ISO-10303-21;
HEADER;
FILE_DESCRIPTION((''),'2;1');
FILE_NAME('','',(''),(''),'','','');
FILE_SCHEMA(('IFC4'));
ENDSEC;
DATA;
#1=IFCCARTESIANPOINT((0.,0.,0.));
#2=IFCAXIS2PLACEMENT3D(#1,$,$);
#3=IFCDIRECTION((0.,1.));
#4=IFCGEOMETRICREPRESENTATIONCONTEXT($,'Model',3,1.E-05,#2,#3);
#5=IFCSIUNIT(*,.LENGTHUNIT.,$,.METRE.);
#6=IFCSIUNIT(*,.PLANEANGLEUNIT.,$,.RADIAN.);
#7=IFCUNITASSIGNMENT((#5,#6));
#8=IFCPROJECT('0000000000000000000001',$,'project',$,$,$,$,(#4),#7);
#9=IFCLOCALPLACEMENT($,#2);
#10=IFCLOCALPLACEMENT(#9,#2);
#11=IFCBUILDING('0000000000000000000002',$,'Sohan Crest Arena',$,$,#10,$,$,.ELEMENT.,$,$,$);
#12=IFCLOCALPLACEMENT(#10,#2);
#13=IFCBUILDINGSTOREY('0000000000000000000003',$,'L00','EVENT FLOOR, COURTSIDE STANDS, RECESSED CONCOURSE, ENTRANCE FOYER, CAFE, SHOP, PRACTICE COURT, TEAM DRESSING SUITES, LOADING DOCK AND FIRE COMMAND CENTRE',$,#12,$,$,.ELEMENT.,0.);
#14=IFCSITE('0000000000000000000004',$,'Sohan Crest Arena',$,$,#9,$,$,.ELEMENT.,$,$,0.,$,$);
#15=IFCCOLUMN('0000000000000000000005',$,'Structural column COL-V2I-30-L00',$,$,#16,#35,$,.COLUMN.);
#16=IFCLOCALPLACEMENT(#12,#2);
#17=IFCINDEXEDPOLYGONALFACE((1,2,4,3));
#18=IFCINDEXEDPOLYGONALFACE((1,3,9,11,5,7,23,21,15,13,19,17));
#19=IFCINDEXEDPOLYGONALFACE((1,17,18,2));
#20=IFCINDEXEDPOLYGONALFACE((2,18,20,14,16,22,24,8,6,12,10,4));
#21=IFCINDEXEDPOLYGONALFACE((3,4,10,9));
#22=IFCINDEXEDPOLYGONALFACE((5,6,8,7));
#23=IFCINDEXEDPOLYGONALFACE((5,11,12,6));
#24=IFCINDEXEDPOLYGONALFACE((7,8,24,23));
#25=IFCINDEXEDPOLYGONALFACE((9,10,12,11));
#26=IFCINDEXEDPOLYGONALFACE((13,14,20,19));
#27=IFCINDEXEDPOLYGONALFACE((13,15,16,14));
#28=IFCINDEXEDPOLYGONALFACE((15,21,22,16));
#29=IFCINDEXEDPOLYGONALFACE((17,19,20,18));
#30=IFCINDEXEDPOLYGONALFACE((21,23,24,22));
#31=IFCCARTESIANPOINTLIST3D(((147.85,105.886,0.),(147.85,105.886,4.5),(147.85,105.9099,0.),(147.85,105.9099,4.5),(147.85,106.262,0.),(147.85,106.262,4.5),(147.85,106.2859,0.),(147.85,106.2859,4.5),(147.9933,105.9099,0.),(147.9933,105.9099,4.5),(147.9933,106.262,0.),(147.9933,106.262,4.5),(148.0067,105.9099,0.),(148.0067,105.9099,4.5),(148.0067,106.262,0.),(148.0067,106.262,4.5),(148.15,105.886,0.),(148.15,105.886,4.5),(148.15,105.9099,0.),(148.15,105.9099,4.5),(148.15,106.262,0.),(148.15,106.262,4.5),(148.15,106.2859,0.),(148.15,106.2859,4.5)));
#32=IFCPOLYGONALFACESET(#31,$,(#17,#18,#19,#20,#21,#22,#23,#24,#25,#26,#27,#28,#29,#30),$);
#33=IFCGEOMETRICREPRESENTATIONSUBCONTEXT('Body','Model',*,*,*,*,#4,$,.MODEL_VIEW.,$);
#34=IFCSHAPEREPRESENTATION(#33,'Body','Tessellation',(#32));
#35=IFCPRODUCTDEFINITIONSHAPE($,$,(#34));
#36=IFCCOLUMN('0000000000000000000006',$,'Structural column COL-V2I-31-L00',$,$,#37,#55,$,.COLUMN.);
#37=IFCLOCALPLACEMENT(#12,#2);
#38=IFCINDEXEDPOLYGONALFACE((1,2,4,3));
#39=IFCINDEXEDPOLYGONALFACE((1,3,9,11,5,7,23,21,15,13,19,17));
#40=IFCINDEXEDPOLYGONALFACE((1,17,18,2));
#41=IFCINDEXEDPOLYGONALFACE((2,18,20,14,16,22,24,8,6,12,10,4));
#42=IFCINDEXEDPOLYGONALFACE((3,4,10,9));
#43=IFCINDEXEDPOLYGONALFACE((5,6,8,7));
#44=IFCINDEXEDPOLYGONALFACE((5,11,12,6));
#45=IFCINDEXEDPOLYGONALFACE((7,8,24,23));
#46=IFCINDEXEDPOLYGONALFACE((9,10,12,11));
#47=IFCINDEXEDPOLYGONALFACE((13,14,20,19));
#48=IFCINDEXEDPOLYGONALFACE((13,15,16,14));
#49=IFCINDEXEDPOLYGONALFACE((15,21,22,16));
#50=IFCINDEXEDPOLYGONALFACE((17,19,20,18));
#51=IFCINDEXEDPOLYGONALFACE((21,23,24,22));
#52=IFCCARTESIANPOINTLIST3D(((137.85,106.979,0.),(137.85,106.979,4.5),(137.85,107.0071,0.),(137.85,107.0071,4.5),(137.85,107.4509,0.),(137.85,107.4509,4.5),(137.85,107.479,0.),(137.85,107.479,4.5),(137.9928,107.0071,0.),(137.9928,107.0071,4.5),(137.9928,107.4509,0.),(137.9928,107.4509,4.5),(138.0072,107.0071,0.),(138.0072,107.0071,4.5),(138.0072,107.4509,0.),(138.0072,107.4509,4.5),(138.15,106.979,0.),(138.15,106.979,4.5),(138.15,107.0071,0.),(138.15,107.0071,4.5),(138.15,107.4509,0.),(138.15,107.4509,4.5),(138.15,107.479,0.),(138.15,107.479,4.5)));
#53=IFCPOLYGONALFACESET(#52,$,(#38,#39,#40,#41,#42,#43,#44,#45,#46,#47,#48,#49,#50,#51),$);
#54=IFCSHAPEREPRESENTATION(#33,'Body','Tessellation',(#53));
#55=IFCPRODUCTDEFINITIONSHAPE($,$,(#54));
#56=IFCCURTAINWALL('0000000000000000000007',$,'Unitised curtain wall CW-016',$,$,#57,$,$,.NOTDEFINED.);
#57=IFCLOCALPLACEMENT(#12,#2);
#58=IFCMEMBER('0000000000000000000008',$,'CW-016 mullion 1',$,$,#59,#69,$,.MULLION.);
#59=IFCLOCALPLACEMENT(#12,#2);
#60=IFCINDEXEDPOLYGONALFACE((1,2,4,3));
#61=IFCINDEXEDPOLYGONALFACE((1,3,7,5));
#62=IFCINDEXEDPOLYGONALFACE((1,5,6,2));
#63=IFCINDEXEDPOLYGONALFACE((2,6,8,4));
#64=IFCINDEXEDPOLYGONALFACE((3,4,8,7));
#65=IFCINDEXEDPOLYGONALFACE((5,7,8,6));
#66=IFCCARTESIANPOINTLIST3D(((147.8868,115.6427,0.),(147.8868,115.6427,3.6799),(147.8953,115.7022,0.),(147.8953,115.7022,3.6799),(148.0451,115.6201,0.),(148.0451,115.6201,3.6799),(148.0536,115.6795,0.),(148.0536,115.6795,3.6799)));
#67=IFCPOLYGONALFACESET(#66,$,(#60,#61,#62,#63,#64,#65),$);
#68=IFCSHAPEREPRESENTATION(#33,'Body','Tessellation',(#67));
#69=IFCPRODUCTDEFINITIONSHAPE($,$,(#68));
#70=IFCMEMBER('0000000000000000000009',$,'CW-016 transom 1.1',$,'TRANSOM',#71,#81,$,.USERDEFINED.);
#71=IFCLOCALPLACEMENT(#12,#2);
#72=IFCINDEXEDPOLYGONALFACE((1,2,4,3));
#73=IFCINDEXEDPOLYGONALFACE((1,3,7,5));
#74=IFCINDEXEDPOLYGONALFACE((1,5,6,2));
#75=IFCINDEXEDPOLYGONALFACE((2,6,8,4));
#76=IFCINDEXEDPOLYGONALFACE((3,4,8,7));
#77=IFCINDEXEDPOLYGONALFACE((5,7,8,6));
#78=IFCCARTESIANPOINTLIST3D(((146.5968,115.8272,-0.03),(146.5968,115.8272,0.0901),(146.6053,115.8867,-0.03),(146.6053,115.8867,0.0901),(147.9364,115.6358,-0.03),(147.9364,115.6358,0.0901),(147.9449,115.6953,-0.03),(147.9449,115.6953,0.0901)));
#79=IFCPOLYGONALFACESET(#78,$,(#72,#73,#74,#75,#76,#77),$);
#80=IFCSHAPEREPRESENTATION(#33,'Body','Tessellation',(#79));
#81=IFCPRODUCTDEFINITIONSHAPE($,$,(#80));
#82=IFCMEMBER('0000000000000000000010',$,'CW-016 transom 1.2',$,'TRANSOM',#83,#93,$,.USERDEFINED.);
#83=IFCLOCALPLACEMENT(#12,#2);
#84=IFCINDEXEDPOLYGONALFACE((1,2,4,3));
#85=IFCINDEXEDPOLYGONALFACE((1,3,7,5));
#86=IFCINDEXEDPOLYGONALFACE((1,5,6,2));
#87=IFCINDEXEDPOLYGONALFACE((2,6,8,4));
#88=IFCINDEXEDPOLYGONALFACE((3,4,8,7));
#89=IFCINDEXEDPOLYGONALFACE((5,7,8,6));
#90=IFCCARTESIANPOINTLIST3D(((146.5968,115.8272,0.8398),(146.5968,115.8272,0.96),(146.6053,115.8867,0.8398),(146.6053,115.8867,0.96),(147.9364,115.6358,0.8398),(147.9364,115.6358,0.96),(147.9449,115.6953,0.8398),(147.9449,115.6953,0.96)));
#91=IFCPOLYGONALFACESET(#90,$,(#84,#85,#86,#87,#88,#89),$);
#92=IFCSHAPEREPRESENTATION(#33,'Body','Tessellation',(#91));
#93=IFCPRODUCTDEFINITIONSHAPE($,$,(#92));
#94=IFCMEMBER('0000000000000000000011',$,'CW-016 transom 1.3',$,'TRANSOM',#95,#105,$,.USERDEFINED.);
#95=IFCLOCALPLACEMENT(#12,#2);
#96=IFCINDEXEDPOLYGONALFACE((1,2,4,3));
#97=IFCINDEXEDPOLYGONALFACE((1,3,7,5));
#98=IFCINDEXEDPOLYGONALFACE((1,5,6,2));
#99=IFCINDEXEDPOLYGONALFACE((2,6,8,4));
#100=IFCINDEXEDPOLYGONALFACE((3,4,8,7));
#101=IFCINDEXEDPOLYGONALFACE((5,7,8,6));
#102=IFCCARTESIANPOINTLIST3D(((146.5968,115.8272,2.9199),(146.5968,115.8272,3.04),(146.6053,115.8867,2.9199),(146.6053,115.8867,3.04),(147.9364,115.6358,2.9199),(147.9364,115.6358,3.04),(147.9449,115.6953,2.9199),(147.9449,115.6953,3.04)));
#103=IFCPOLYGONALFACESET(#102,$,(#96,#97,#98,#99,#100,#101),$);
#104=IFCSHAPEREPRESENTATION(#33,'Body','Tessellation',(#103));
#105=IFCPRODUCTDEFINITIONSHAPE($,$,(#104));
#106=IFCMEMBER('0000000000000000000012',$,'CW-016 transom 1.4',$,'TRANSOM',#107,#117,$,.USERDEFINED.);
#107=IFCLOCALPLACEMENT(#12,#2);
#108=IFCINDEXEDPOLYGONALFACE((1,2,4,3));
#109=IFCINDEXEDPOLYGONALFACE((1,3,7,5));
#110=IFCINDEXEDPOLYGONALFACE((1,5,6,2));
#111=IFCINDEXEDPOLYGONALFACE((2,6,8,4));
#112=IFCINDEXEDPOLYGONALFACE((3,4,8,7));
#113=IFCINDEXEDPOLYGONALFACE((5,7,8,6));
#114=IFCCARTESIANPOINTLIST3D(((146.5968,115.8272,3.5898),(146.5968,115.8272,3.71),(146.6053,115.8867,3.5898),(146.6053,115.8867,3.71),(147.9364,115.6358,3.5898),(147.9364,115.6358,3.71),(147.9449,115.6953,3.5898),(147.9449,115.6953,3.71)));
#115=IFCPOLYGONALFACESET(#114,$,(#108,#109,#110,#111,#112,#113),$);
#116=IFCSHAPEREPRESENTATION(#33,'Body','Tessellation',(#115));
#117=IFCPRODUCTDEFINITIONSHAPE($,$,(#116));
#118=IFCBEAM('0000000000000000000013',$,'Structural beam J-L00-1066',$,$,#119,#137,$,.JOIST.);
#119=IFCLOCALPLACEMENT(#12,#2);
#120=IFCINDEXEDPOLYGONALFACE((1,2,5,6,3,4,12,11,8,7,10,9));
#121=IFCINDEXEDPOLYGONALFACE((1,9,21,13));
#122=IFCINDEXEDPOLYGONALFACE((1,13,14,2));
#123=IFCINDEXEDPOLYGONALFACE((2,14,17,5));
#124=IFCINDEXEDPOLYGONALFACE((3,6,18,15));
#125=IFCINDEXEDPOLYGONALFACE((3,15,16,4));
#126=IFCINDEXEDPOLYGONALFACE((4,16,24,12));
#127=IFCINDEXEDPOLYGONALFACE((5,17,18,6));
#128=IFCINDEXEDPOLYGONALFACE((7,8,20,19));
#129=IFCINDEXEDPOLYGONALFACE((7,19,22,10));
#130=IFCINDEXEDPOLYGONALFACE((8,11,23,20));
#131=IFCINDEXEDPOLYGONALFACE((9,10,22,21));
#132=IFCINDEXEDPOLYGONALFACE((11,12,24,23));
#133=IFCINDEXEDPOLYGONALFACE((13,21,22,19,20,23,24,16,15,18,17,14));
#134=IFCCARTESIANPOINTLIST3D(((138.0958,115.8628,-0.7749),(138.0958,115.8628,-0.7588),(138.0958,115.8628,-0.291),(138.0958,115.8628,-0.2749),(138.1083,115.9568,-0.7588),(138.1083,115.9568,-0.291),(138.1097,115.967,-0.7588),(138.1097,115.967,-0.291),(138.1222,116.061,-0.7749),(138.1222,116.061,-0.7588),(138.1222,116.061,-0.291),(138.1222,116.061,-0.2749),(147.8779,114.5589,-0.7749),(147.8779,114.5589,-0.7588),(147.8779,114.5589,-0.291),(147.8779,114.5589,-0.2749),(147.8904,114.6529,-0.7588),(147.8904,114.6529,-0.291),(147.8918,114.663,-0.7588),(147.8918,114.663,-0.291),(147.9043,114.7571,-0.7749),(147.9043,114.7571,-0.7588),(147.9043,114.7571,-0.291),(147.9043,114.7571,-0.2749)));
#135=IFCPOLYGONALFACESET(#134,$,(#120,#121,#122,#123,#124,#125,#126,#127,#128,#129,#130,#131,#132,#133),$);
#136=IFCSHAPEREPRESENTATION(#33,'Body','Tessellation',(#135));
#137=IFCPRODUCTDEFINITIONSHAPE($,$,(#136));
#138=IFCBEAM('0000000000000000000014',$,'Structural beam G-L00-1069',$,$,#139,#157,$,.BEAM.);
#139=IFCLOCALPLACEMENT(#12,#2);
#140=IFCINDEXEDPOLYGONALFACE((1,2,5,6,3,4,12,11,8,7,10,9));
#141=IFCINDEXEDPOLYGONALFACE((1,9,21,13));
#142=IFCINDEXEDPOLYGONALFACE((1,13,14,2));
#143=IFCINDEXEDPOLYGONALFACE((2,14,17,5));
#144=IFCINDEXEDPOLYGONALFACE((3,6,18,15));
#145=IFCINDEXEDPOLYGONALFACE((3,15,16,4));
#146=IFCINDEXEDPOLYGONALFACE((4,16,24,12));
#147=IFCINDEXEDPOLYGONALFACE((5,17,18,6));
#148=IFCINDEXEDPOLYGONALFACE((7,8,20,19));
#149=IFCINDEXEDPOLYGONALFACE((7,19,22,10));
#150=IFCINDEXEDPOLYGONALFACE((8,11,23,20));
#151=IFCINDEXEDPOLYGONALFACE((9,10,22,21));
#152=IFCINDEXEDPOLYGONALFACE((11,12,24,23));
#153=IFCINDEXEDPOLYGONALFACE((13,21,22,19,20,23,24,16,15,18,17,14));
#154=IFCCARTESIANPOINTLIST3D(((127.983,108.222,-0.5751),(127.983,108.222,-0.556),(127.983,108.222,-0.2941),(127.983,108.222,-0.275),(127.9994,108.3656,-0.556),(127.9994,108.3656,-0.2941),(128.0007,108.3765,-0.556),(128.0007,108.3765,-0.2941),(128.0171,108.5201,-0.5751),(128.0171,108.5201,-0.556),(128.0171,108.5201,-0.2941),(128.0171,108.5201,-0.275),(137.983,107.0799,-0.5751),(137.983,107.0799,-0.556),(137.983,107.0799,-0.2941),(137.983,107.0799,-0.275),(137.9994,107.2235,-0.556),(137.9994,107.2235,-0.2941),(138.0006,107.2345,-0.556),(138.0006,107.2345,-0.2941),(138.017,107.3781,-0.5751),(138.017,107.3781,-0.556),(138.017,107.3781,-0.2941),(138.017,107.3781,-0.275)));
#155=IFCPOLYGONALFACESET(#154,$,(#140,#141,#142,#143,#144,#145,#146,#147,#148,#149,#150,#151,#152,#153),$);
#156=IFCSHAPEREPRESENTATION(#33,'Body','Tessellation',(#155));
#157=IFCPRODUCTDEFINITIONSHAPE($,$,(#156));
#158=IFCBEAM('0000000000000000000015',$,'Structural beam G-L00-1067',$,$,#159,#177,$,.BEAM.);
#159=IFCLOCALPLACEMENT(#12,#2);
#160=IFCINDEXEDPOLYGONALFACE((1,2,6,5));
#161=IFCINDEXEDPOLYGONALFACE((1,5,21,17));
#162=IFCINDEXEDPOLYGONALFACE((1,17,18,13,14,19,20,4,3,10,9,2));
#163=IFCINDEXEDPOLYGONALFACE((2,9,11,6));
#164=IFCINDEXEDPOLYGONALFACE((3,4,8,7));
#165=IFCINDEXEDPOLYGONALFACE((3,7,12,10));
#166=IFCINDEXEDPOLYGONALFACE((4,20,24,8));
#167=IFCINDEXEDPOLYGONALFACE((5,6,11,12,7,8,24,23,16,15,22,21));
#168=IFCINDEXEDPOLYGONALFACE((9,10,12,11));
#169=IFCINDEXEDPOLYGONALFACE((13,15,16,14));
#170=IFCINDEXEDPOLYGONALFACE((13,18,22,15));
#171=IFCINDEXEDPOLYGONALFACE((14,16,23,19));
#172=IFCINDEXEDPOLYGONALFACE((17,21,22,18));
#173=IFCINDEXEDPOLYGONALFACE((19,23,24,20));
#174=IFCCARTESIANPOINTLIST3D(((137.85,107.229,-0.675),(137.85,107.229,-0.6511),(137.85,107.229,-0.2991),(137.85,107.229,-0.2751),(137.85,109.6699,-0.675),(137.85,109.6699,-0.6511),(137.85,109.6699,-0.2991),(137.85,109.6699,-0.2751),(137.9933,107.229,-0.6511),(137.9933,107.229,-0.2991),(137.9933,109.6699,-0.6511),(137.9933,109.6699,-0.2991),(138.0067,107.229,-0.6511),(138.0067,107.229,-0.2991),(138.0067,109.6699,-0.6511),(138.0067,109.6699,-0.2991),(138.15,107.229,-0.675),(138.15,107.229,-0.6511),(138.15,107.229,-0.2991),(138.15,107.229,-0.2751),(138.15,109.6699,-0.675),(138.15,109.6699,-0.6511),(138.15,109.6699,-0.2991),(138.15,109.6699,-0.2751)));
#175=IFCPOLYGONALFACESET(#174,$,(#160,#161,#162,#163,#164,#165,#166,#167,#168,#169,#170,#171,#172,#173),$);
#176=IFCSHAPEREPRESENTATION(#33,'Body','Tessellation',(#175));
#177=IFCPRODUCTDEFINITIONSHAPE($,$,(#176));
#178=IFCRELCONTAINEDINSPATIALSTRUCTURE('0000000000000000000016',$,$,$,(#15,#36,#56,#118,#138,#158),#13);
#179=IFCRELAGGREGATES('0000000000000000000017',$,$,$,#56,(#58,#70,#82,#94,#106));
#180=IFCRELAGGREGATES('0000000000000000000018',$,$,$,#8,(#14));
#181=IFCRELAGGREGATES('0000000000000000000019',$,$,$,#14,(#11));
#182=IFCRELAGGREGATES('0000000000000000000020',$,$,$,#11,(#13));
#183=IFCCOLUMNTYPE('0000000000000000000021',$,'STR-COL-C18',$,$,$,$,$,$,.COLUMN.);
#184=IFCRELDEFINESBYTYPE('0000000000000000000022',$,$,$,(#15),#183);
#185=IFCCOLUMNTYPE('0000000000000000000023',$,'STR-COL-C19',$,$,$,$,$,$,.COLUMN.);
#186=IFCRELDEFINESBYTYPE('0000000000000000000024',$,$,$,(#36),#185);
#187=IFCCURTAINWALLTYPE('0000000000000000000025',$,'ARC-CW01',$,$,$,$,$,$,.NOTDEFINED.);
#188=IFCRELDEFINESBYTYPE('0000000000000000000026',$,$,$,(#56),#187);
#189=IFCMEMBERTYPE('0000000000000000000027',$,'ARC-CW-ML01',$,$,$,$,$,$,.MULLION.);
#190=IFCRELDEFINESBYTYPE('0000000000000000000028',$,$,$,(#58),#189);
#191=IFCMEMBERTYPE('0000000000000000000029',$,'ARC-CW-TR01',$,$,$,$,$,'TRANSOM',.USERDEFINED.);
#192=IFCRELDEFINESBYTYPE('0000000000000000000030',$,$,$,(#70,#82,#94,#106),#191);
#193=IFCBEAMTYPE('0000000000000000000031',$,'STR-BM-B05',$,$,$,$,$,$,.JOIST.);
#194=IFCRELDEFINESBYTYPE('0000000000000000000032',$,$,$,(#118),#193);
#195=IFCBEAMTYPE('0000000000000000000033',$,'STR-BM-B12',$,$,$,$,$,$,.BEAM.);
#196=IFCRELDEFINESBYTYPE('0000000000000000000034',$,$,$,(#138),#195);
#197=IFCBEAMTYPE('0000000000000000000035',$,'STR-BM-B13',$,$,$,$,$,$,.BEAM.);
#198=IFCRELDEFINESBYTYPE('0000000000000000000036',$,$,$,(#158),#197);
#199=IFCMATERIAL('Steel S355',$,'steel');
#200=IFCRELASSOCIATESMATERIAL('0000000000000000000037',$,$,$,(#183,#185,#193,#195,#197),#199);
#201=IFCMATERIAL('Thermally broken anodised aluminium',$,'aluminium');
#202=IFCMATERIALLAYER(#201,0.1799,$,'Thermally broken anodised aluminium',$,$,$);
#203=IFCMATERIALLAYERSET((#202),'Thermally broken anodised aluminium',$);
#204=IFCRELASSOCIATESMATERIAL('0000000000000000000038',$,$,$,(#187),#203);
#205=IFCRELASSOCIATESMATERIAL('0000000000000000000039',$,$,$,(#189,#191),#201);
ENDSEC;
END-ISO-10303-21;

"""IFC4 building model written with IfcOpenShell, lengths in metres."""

from ifc_helpers import new_model, si_unit, direction, frame, origin, origin_2d, place, context, subcontext, project, spatial, rectangle, i_section, extrude, material, layer, layer_set, material_profile, profile_set, type_object, element, aggregate, save


model = new_model("IFC4")

# Units and contexts
model_context = context("Model", 3, precision=1e-05, world=origin(), true_north=direction((0.0, 1.0)))
body_context = subcontext(model_context, "Body", "Model", "MODEL_VIEW")
ifc_project = project(units=[si_unit("LENGTHUNIT", "METRE"), si_unit("PLANEANGLEUNIT", "RADIAN")], contexts=[model_context])

# Site, building, storey
site_placement = place(None, origin())
site = spatial("IfcSite", under=ifc_project, at=site_placement, Name="Sohan Crest Arena", CompositionType="ELEMENT", RefElevation=0.0)
building_placement = place(site_placement, origin())
building = spatial("IfcBuilding", under=site, at=building_placement, Name="Sohan Crest Arena", CompositionType="ELEMENT")
storey_placement = place(building_placement, origin())
storey = spatial("IfcBuildingStorey", under=building, at=storey_placement, Name="L00", Description="EVENT FLOOR, COURTSIDE STANDS, RECESSED CONCOURSE, ENTRANCE FOYER, CAFE, SHOP, PRACTICE COURT, TEAM DRESSING SUITES, LOADING DOCK AND FIRE COMMAND CENTRE", CompositionType="ELEMENT", Elevation=0.0)

# Columns
ifc_material_1 = material(Name="Steel S355", Category="steel")
ifc_material_profile_1 = material_profile(ifc_material_1, i_section(OverallWidth=0.3, OverallDepth=0.3999, WebThickness=0.0134, FlangeThickness=0.0239, at=origin_2d()), Name="HEB 400")
ifc_profile_set_1 = profile_set([ifc_material_profile_1], Name="Steel S355")
column_type_1 = type_object("IfcColumnType", Name="STR-COL-C18", PredefinedType="COLUMN", material=ifc_profile_set_1)
column_1_placement = place(storey_placement, frame((148.0, 106.0859, 0.0), z_axis=(0.0, 0.0, 1.0), x_axis=(1.0, 0.0, 0.0)))
element("IfcColumn", 1, at=column_1_placement, inside=storey, type_object=column_type_1, Name="Structural column COL-V2I-30-L00", PredefinedType="COLUMN", context=body_context, shape_type="SweptSolid", body=[
    extrude(i_section(OverallWidth=0.3, OverallDepth=0.3999, WebThickness=0.0134, FlangeThickness=0.0239, at=origin_2d()), origin(), (0.0, 0.0, 1.0), 4.5),
])
ifc_material_profile_2 = material_profile(ifc_material_1, i_section(OverallWidth=0.3, OverallDepth=0.5, WebThickness=0.0144, FlangeThickness=0.0281, at=origin_2d()), Name="HEB 500")
ifc_profile_set_2 = profile_set([ifc_material_profile_2], Name="Steel S355")
column_type_2 = type_object("IfcColumnType", Name="STR-COL-C19", PredefinedType="COLUMN", material=ifc_profile_set_2)
column_2_placement = place(storey_placement, frame((138.0, 107.229, 0.0), z_axis=(0.0, 0.0, 1.0), x_axis=(1.0, 0.0, 0.0)))
element("IfcColumn", 2, at=column_2_placement, inside=storey, type_object=column_type_2, Name="Structural column COL-V2I-31-L00", PredefinedType="COLUMN", context=body_context, shape_type="SweptSolid", body=[
    extrude(i_section(OverallWidth=0.3, OverallDepth=0.5, WebThickness=0.0144, FlangeThickness=0.0281, at=origin_2d()), origin(), (0.0, 0.0, 1.0), 4.5),
])

# Curtain wall, members
ifc_material_2 = material(Name="Thermally broken anodised aluminium", Category="aluminium")
ifc_layer_1 = layer(ifc_material_2, 0.1799, Name="Thermally broken anodised aluminium")
ifc_layer_set_1 = layer_set([ifc_layer_1], Name="Thermally broken anodised aluminium")
curtain_wall_type = type_object("IfcCurtainWallType", Name="ARC-CW01", PredefinedType="NOTDEFINED", material=ifc_layer_set_1)
curtain_wall_placement = place(storey_placement, origin())
curtain_wall = element("IfcCurtainWall", 3, at=curtain_wall_placement, inside=storey, type_object=curtain_wall_type, Name="Unitised curtain wall CW-016", PredefinedType="NOTDEFINED")
ifc_material_profile_3 = material_profile(ifc_material_2, rectangle(XDim=0.0601, YDim=0.1599, at=origin_2d()), Name="ALU-MULL 60x160")
ifc_profile_set_3 = profile_set([ifc_material_profile_3], Name="Thermally broken anodised aluminium")
member_type_1 = type_object("IfcMemberType", Name="ARC-CW-ML01", PredefinedType="MULLION", material=ifc_profile_set_3)
member_1_placement = place(storey_placement, frame((147.9702, 115.6611, 0.0), z_axis=(0.0, 0.0, 1.0), x_axis=(-0.141463, -0.989944, 0.0)))
member_1 = element("IfcMember", 4, at=member_1_placement, type_object=member_type_1, Name="CW-016 mullion 1", PredefinedType="MULLION", context=body_context, shape_type="SweptSolid", body=[
    extrude(rectangle(XDim=0.0601, YDim=0.1599, at=origin_2d()), origin(), (0.0, 0.0, 1.0), 3.6799),
])
ifc_material_profile_4 = material_profile(ifc_material_2, rectangle(XDim=0.0601, YDim=0.1201, at=origin_2d()), Name="ALU-TRAN 60x120")
ifc_profile_set_4 = profile_set([ifc_material_profile_4], Name="Thermally broken anodised aluminium")
member_type_2 = type_object("IfcMemberType", Name="ARC-CW-TR01", ElementType="TRANSOM", PredefinedType="USERDEFINED", material=ifc_profile_set_4)
member_2_placement = place(storey_placement, frame((147.9407, 115.6655, 0.03), z_axis=(-0.989946, 0.141447, 0.0), x_axis=(-0.141447, -0.989946, 0.0)))
member_2 = element("IfcMember", 5, at=member_2_placement, type_object=member_type_2, Name="CW-016 transom 1.1", ObjectType="TRANSOM", PredefinedType="USERDEFINED", context=body_context, shape_type="SweptSolid", body=[
    extrude(rectangle(XDim=0.0601, YDim=0.1201, at=origin_2d()), origin(), (0.0, 0.0, 1.0), 1.3533),
])
member_3_placement = place(storey_placement, frame((147.9407, 115.6655, 0.8999), z_axis=(-0.989946, 0.141447, 0.0), x_axis=(-0.141447, -0.989946, 0.0)))
member_3 = element("IfcMember", 6, at=member_3_placement, type_object=member_type_2, Name="CW-016 transom 1.2", ObjectType="TRANSOM", PredefinedType="USERDEFINED", context=body_context, shape_type="SweptSolid", body=[
    extrude(rectangle(XDim=0.0601, YDim=0.1201, at=origin_2d()), origin(), (0.0, 0.0, 1.0), 1.3533),
])
member_4_placement = place(storey_placement, frame((147.9407, 115.6655, 2.98), z_axis=(-0.989946, 0.141447, 0.0), x_axis=(-0.141447, -0.989946, 0.0)))
member_4 = element("IfcMember", 7, at=member_4_placement, type_object=member_type_2, Name="CW-016 transom 1.3", ObjectType="TRANSOM", PredefinedType="USERDEFINED", context=body_context, shape_type="SweptSolid", body=[
    extrude(rectangle(XDim=0.0601, YDim=0.1201, at=origin_2d()), origin(), (0.0, 0.0, 1.0), 1.3533),
])
member_5_placement = place(storey_placement, frame((147.9407, 115.6655, 3.6499), z_axis=(-0.989946, 0.141447, 0.0), x_axis=(-0.141447, -0.989946, 0.0)))
member_5 = element("IfcMember", 8, at=member_5_placement, type_object=member_type_2, Name="CW-016 transom 1.4", ObjectType="TRANSOM", PredefinedType="USERDEFINED", context=body_context, shape_type="SweptSolid", body=[
    extrude(rectangle(XDim=0.0601, YDim=0.1201, at=origin_2d()), origin(), (0.0, 0.0, 1.0), 1.3533),
])

# Beams
ifc_material_profile_5 = material_profile(ifc_material_1, i_section(OverallWidth=0.2, OverallDepth=0.5, WebThickness=0.0103, FlangeThickness=0.0161, at=origin_2d()), Name="IPE 500")
ifc_profile_set_5 = profile_set([ifc_material_profile_5], Name="Steel S355")
beam_type_1 = type_object("IfcBeamType", Name="STR-BM-B05", PredefinedType="JOIST", material=ifc_profile_set_5)
beam_1_placement = place(storey_placement, frame((147.8911, 114.658, -0.5249), z_axis=(-0.991232, 0.13213, 0.0), x_axis=(-0.13213, -0.991232, 0.0)))
element("IfcBeam", 9, at=beam_1_placement, inside=storey, type_object=beam_type_1, Name="Structural beam J-L00-1066", PredefinedType="JOIST", context=body_context, shape_type="SweptSolid", body=[
    extrude(i_section(OverallWidth=0.2, OverallDepth=0.5, WebThickness=0.0103, FlangeThickness=0.0161, at=origin_2d()), origin(), (0.0, 0.0, 1.0), 9.8687),
])
ifc_material_profile_6 = material_profile(ifc_material_1, i_section(OverallWidth=0.3, OverallDepth=0.3, WebThickness=0.011, FlangeThickness=0.019, at=origin_2d()), Name="HEB 300")
ifc_profile_set_6 = profile_set([ifc_material_profile_6], Name="Steel S355")
beam_type_2 = type_object("IfcBeamType", Name="STR-BM-B12", PredefinedType="BEAM", material=ifc_profile_set_6)
beam_2_placement = place(storey_placement, frame((138.0, 107.229, -0.425), z_axis=(-0.993541, 0.113471, 0.0), x_axis=(-0.113471, -0.993541, 0.0)))
element("IfcBeam", 10, at=beam_2_placement, inside=storey, type_object=beam_type_2, Name="Structural beam G-L00-1069", PredefinedType="BEAM", context=body_context, shape_type="SweptSolid", body=[
    extrude(i_section(OverallWidth=0.3, OverallDepth=0.3, WebThickness=0.011, FlangeThickness=0.019, at=origin_2d()), origin(), (0.0, 0.0, 1.0), 10.0649),
])
ifc_material_profile_7 = material_profile(ifc_material_1, i_section(OverallWidth=0.3, OverallDepth=0.3999, WebThickness=0.0134, FlangeThickness=0.0239, at=origin_2d()), Name="HEB 400")
ifc_profile_set_7 = profile_set([ifc_material_profile_7], Name="Steel S355")
beam_type_3 = type_object("IfcBeamType", Name="STR-BM-B13", PredefinedType="BEAM", material=ifc_profile_set_7)
beam_3_placement = place(storey_placement, frame((138.0, 107.229, -0.4751), z_axis=(0.0, 1.0, 0.0), x_axis=(-1.0, 0.0, 0.0)))
element("IfcBeam", 11, at=beam_3_placement, inside=storey, type_object=beam_type_3, Name="Structural beam G-L00-1067", PredefinedType="BEAM", context=body_context, shape_type="SweptSolid", body=[
    extrude(i_section(OverallWidth=0.3, OverallDepth=0.3999, WebThickness=0.0134, FlangeThickness=0.0239, at=origin_2d()), origin(), (0.0, 0.0, 1.0), 2.4409),
])

aggregate(curtain_wall, [member_1, member_2, member_3, member_4, member_5])

save(model, "model.ifc")
